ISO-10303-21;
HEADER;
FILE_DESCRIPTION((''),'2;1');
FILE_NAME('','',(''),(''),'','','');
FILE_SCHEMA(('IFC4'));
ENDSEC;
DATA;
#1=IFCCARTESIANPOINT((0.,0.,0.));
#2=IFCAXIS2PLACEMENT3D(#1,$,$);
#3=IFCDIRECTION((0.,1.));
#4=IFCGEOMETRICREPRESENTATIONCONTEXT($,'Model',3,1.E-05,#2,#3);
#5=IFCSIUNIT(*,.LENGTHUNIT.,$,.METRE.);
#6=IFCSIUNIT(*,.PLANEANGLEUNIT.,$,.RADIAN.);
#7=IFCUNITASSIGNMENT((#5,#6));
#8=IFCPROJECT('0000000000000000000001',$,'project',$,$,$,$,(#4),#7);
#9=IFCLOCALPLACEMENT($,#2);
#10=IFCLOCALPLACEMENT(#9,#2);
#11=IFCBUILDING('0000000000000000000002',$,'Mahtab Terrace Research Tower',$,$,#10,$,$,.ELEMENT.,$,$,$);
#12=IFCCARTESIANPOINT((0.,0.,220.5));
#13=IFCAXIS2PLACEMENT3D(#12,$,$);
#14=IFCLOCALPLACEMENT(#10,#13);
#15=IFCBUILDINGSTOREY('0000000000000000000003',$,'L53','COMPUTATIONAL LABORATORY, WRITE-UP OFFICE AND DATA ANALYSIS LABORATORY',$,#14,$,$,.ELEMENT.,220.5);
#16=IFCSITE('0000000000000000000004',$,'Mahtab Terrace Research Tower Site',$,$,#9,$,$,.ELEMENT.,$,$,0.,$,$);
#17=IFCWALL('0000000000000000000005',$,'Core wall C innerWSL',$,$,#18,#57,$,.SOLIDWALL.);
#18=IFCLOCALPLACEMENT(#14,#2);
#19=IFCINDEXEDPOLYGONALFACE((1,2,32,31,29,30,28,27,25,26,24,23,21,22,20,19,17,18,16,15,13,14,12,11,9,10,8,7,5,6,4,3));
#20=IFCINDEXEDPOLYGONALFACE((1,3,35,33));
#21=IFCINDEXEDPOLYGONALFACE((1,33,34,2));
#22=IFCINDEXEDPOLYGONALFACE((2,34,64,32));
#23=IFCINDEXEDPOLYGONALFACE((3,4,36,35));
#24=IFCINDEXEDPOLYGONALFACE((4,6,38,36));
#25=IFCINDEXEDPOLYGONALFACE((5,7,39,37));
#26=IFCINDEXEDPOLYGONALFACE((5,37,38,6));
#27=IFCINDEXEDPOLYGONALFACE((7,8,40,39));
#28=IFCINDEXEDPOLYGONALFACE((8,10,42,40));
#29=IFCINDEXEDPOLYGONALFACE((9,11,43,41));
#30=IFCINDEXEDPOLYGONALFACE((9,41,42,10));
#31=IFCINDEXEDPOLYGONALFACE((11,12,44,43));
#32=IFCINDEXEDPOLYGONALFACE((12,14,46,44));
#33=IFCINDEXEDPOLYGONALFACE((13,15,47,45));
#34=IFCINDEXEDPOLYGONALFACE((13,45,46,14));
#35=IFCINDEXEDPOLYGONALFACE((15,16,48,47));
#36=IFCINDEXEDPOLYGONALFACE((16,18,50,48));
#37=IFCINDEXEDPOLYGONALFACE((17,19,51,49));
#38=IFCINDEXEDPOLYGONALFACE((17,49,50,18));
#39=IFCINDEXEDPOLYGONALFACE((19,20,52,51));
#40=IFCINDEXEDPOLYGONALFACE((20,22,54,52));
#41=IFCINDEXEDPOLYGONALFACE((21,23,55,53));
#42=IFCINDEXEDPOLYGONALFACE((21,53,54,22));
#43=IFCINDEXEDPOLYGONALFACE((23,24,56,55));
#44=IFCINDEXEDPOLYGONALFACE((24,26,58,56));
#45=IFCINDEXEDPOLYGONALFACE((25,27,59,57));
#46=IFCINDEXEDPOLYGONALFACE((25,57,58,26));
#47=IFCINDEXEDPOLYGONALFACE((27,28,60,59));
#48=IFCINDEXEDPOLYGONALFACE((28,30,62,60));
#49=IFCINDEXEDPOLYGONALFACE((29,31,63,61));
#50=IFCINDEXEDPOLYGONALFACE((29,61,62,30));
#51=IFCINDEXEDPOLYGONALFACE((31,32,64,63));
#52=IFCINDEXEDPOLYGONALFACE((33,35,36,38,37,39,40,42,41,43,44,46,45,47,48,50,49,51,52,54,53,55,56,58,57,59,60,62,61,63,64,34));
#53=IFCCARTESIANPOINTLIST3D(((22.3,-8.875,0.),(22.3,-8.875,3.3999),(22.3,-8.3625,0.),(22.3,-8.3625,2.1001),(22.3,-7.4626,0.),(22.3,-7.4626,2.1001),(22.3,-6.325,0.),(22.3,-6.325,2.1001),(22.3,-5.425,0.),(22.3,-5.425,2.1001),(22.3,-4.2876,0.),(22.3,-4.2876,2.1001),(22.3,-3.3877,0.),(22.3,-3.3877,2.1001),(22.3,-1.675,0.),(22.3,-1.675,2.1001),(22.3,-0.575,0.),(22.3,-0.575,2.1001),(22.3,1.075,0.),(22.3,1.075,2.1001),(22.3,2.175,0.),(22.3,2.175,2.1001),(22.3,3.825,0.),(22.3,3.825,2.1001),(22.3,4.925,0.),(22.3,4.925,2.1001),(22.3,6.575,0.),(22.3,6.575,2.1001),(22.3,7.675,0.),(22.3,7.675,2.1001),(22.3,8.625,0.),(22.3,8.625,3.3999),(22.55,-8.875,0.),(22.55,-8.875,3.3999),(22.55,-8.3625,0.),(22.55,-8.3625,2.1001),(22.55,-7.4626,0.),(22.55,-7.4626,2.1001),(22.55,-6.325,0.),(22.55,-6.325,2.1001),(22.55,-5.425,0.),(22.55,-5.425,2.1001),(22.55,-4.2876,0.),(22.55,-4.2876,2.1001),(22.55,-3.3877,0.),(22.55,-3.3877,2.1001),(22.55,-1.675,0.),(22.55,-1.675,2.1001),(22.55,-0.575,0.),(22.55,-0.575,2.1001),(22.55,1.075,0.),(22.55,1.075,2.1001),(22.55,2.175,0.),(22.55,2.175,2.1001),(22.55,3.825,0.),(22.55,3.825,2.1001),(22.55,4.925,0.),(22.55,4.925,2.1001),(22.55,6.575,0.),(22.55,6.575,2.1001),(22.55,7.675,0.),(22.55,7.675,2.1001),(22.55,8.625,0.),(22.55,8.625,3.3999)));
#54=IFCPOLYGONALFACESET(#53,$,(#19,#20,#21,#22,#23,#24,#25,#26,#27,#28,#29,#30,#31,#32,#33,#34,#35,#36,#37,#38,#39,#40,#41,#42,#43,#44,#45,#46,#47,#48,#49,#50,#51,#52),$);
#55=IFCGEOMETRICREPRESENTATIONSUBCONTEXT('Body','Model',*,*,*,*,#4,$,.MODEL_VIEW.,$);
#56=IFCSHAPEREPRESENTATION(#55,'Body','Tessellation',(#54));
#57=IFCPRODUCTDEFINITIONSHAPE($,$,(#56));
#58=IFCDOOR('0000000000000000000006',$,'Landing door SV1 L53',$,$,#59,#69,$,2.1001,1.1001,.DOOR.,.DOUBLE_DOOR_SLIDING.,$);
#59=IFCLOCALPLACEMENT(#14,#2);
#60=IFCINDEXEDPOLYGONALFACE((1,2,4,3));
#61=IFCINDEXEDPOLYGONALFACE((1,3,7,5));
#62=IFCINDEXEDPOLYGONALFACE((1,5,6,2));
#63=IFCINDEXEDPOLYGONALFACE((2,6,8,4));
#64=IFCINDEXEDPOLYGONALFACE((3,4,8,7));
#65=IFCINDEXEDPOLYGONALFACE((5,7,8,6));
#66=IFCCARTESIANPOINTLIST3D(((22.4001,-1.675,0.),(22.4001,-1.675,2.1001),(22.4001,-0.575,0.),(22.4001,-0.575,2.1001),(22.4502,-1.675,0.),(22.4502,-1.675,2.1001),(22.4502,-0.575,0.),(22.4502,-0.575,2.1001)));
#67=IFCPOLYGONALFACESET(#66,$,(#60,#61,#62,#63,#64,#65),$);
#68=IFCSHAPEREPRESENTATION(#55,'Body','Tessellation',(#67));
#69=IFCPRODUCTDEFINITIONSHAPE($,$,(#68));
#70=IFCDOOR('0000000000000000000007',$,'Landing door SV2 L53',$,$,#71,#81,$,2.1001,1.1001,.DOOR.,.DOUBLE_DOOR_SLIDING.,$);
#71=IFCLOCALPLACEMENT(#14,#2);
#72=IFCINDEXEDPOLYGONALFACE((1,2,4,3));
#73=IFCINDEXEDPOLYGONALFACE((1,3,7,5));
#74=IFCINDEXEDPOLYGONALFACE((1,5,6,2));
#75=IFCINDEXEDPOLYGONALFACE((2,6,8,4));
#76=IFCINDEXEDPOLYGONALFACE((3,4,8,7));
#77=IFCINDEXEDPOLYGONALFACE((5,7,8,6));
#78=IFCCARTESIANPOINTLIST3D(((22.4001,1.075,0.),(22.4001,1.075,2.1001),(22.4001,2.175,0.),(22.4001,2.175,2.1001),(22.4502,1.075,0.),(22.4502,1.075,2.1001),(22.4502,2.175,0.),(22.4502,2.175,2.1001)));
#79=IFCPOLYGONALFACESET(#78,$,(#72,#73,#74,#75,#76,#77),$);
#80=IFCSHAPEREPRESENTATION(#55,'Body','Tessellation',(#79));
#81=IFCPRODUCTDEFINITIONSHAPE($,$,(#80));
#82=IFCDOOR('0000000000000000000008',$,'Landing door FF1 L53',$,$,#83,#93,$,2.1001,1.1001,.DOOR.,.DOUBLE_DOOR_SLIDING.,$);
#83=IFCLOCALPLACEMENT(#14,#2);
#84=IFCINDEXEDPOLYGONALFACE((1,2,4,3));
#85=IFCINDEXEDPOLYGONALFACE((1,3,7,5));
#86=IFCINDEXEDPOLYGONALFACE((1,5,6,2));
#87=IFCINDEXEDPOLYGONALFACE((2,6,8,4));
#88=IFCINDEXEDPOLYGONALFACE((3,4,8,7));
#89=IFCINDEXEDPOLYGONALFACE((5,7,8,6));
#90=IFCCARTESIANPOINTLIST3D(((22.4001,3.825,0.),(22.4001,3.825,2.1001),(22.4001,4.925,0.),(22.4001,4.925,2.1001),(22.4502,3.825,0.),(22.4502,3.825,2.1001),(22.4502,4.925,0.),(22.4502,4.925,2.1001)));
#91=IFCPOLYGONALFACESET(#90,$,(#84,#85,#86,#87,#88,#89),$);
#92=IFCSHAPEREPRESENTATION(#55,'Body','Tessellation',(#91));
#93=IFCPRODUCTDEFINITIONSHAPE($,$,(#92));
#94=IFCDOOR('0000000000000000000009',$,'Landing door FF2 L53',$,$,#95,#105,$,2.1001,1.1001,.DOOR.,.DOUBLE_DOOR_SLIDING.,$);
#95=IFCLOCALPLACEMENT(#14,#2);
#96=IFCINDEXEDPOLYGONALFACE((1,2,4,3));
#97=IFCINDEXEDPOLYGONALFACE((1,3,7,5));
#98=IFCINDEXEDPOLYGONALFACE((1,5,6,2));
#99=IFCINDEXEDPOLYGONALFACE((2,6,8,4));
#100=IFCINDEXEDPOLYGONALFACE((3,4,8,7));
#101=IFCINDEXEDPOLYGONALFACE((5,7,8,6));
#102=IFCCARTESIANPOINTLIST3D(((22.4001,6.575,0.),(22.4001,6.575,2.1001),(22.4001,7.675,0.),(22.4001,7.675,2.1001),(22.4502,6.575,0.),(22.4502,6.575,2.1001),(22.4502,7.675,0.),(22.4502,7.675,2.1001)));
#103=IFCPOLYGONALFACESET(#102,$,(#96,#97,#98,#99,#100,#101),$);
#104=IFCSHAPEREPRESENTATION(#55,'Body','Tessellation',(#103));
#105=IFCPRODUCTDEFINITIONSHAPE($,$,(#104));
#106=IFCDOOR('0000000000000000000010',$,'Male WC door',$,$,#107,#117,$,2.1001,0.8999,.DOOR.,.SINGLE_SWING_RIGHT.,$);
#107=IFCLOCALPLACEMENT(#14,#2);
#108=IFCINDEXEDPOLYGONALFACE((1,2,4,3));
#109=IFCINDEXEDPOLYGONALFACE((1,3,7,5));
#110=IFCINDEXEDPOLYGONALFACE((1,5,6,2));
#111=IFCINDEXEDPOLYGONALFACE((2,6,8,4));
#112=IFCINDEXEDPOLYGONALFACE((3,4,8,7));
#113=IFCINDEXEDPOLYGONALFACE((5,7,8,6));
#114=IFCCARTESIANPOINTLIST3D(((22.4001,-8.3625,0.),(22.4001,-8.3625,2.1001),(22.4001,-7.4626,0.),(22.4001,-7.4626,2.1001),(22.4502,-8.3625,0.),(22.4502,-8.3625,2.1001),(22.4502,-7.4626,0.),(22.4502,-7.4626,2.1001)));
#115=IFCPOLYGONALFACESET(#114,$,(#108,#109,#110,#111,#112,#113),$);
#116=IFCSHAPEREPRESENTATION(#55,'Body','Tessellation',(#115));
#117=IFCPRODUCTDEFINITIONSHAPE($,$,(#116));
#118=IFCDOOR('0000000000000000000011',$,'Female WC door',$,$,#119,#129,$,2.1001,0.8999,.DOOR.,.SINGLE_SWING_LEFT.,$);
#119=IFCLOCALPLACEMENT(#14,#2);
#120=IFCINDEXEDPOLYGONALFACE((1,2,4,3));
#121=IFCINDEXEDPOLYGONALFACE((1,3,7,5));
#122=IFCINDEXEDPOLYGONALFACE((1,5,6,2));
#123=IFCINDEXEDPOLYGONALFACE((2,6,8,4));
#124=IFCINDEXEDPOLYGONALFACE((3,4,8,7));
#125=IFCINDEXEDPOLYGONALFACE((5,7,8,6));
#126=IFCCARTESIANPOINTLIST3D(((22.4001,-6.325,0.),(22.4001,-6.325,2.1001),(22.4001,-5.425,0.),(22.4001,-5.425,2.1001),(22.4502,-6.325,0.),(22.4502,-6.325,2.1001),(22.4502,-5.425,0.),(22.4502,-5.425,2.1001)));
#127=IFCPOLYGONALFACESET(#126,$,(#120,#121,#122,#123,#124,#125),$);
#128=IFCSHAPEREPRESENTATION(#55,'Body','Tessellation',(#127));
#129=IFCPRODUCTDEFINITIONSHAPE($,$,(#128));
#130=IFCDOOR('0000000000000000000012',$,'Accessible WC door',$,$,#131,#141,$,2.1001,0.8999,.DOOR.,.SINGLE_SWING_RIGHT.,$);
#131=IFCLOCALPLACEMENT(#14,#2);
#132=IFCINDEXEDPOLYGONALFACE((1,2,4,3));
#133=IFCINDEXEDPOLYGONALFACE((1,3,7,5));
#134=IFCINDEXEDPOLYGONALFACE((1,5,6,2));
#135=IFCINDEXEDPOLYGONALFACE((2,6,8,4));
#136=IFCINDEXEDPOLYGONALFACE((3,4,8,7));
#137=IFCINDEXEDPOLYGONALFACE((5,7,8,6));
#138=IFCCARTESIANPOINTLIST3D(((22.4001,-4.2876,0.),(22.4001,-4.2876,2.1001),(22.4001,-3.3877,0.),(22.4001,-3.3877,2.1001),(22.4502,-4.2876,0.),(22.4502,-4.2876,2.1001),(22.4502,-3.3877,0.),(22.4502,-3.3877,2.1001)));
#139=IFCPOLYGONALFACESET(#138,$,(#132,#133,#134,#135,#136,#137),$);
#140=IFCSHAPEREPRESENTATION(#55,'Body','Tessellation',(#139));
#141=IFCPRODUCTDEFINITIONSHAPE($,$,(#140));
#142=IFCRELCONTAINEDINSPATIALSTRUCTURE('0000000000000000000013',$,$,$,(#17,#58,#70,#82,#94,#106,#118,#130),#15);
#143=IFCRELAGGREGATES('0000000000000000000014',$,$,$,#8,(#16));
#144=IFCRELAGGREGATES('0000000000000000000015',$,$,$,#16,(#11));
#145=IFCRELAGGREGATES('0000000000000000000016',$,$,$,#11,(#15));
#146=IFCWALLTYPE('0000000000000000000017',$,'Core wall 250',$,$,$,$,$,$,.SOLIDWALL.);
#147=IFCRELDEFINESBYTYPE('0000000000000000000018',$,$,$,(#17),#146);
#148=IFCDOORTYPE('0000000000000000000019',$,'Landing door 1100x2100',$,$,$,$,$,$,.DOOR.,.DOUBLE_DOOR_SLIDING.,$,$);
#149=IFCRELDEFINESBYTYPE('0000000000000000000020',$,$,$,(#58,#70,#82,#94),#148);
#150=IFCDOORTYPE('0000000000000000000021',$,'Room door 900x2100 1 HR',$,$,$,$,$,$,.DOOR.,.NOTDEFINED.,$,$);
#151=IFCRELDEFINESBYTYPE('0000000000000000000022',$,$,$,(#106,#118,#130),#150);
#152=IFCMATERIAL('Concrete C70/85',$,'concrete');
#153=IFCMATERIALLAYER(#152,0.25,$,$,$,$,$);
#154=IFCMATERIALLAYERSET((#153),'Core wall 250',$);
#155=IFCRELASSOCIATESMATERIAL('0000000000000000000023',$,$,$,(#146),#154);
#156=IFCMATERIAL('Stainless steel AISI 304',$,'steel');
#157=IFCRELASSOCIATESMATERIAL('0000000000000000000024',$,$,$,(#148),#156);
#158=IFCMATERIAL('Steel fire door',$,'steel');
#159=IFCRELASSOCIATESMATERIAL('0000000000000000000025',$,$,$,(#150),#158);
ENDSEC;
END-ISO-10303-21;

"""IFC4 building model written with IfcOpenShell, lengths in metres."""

from ifc_helpers import new_model, si_unit, direction, frame, frame_2d, origin, place, context, subcontext, project, spatial, rectangle, extrude, material, layer, layer_set, type_object, element, fill, save


model = new_model("IFC4")

# Units and contexts
model_context = context("Model", 3, precision=1e-05, world=origin(), true_north=direction((0.0, 1.0)))
body_context = subcontext(model_context, "Body", "Model", "MODEL_VIEW")
ifc_project = project(units=[si_unit("LENGTHUNIT", "METRE"), si_unit("PLANEANGLEUNIT", "RADIAN")], contexts=[model_context])

# Site, building, storey
site_placement = place(None, origin())
site = spatial("IfcSite", under=ifc_project, at=site_placement, Name="Mahtab Terrace Research Tower Site", CompositionType="ELEMENT", RefElevation=0.0)
building_placement = place(site_placement, origin())
building = spatial("IfcBuilding", under=site, at=building_placement, Name="Mahtab Terrace Research Tower", CompositionType="ELEMENT")
storey_placement = place(building_placement, frame((0.0, 0.0, 220.5)))
storey = spatial("IfcBuildingStorey", under=building, at=storey_placement, Name="L53", Description="COMPUTATIONAL LABORATORY, WRITE-UP OFFICE AND DATA ANALYSIS LABORATORY", CompositionType="ELEMENT", Elevation=220.5)

# Shared definitions
ifc_material_1 = material(Name="Concrete C70/85", Category="concrete")

# Wall, openings, doors
ifc_layer_1 = layer(ifc_material_1, 0.25)
ifc_layer_set_1 = layer_set([ifc_layer_1], Name="Core wall 250")
wall_type_1 = type_object("IfcWallType", Name="Core wall 250", PredefinedType="SOLIDWALL", material=ifc_layer_set_1)
wall_1_placement = place(storey_placement, frame((22.425, -8.875, 0.0), z_axis=(0.0, 0.0, 1.0), x_axis=(0.0, 1.0, 0.0)))
wall_1 = element("IfcWall", 1, at=wall_1_placement, inside=storey, type_object=wall_type_1, Name="Core wall C innerWSL", PredefinedType="SOLIDWALL", context=body_context, shape_type="SweptSolid", body=[
    extrude(rectangle(XDim=17.5, YDim=0.25, at=frame_2d((8.75, 0.0))), origin(), (0.0, 0.0, 1.0), 3.3999),
])
opening_1_placement = place(wall_1_placement, frame((7.2, 0.0, 0.0)))
opening_1 = element("IfcOpeningElement", 2, at=opening_1_placement, cuts=wall_1, PredefinedType="OPENING", context=body_context, shape_type="SweptSolid", body=[
    extrude(rectangle(XDim=1.1001, YDim=2.1001, at=frame_2d((0.55, 1.05))), frame((0.0, 0.135, 0.0), z_axis=(0.0, -1.0, 0.0), x_axis=(1.0, 0.0, 0.0)), (0.0, 0.0, 1.0), 0.27),
])
opening_2_placement = place(wall_1_placement, frame((9.95, 0.0, 0.0)))
opening_2 = element("IfcOpeningElement", 3, at=opening_2_placement, cuts=wall_1, PredefinedType="OPENING", context=body_context, shape_type="SweptSolid", body=[
    extrude(rectangle(XDim=1.1001, YDim=2.1001, at=frame_2d((0.55, 1.05))), frame((0.0, 0.135, 0.0), z_axis=(0.0, -1.0, 0.0), x_axis=(1.0, 0.0, 0.0)), (0.0, 0.0, 1.0), 0.27),
])
opening_3_placement = place(wall_1_placement, frame((12.7, 0.0, 0.0)))
opening_3 = element("IfcOpeningElement", 4, at=opening_3_placement, cuts=wall_1, PredefinedType="OPENING", context=body_context, shape_type="SweptSolid", body=[
    extrude(rectangle(XDim=1.1001, YDim=2.1001, at=frame_2d((0.55, 1.05))), frame((0.0, 0.135, 0.0), z_axis=(0.0, -1.0, 0.0), x_axis=(1.0, 0.0, 0.0)), (0.0, 0.0, 1.0), 0.27),
])
opening_4_placement = place(wall_1_placement, frame((15.45, 0.0, 0.0)))
opening_4 = element("IfcOpeningElement", 5, at=opening_4_placement, cuts=wall_1, PredefinedType="OPENING", context=body_context, shape_type="SweptSolid", body=[
    extrude(rectangle(XDim=1.1001, YDim=2.1001, at=frame_2d((0.55, 1.05))), frame((0.0, 0.135, 0.0), z_axis=(0.0, -1.0, 0.0), x_axis=(1.0, 0.0, 0.0)), (0.0, 0.0, 1.0), 0.27),
])
opening_5_placement = place(wall_1_placement, frame((0.5125, 0.0, 0.0)))
opening_5 = element("IfcOpeningElement", 6, at=opening_5_placement, cuts=wall_1, PredefinedType="OPENING", context=body_context, shape_type="SweptSolid", body=[
    extrude(rectangle(XDim=0.8999, YDim=2.1001, at=frame_2d((0.45, 1.05))), frame((0.0, 0.135, 0.0), z_axis=(0.0, -1.0, 0.0), x_axis=(1.0, 0.0, 0.0)), (0.0, 0.0, 1.0), 0.27),
])
opening_6_placement = place(wall_1_placement, frame((2.55, 0.0, 0.0)))
opening_6 = element("IfcOpeningElement", 7, at=opening_6_placement, cuts=wall_1, PredefinedType="OPENING", context=body_context, shape_type="SweptSolid", body=[
    extrude(rectangle(XDim=0.8999, YDim=2.1001, at=frame_2d((0.45, 1.05))), frame((0.0, 0.135, 0.0), z_axis=(0.0, -1.0, 0.0), x_axis=(1.0, 0.0, 0.0)), (0.0, 0.0, 1.0), 0.27),
])
opening_7_placement = place(wall_1_placement, frame((4.5874, 0.0, 0.0)))
opening_7 = element("IfcOpeningElement", 8, at=opening_7_placement, cuts=wall_1, PredefinedType="OPENING", context=body_context, shape_type="SweptSolid", body=[
    extrude(rectangle(XDim=0.8999, YDim=2.1001, at=frame_2d((0.45, 1.05))), frame((0.0, 0.135, 0.0), z_axis=(0.0, -1.0, 0.0), x_axis=(1.0, 0.0, 0.0)), (0.0, 0.0, 1.0), 0.27),
])
ifc_material_2 = material(Name="Stainless steel AISI 304", Category="steel")
door_type_1 = type_object("IfcDoorType", Name="Landing door 1100x2100", OperationType="DOUBLE_DOOR_SLIDING", PredefinedType="DOOR", material=ifc_material_2)
door_1_placement = place(opening_1_placement, origin())
door_1 = element("IfcDoor", 9, at=door_1_placement, inside=storey, type_object=door_type_1, Name="Landing door SV1 L53", OperationType="DOUBLE_DOOR_SLIDING", OverallHeight=2.1001, OverallWidth=1.1001, PredefinedType="DOOR", context=body_context, shape_type="SweptSolid", body=[
    extrude(rectangle(XDim=1.1001, YDim=2.1001, at=frame_2d((0.55, 1.05))), frame((0.0, 0.0249, 0.0), z_axis=(0.0, -1.0, 0.0), x_axis=(1.0, 0.0, 0.0)), (0.0, 0.0, 1.0), 0.05),
])
fill(opening_1, door_1)
door_2_placement = place(opening_2_placement, origin())
door_2 = element("IfcDoor", 10, at=door_2_placement, inside=storey, type_object=door_type_1, Name="Landing door SV2 L53", OperationType="DOUBLE_DOOR_SLIDING", OverallHeight=2.1001, OverallWidth=1.1001, PredefinedType="DOOR", context=body_context, shape_type="SweptSolid", body=[
    extrude(rectangle(XDim=1.1001, YDim=2.1001, at=frame_2d((0.55, 1.05))), frame((0.0, 0.0249, 0.0), z_axis=(0.0, -1.0, 0.0), x_axis=(1.0, 0.0, 0.0)), (0.0, 0.0, 1.0), 0.05),
])
fill(opening_2, door_2)
door_3_placement = place(opening_3_placement, origin())
door_3 = element("IfcDoor", 11, at=door_3_placement, inside=storey, type_object=door_type_1, Name="Landing door FF1 L53", OperationType="DOUBLE_DOOR_SLIDING", OverallHeight=2.1001, OverallWidth=1.1001, PredefinedType="DOOR", context=body_context, shape_type="SweptSolid", body=[
    extrude(rectangle(XDim=1.1001, YDim=2.1001, at=frame_2d((0.55, 1.05))), frame((0.0, 0.0249, 0.0), z_axis=(0.0, -1.0, 0.0), x_axis=(1.0, 0.0, 0.0)), (0.0, 0.0, 1.0), 0.05),
])
fill(opening_3, door_3)
door_4_placement = place(opening_4_placement, origin())
door_4 = element("IfcDoor", 12, at=door_4_placement, inside=storey, type_object=door_type_1, Name="Landing door FF2 L53", OperationType="DOUBLE_DOOR_SLIDING", OverallHeight=2.1001, OverallWidth=1.1001, PredefinedType="DOOR", context=body_context, shape_type="SweptSolid", body=[
    extrude(rectangle(XDim=1.1001, YDim=2.1001, at=frame_2d((0.55, 1.05))), frame((0.0, 0.0249, 0.0), z_axis=(0.0, -1.0, 0.0), x_axis=(1.0, 0.0, 0.0)), (0.0, 0.0, 1.0), 0.05),
])
fill(opening_4, door_4)
ifc_material_3 = material(Name="Steel fire door", Category="steel")
door_type_2 = type_object("IfcDoorType", Name="Room door 900x2100 1 HR", OperationType="NOTDEFINED", PredefinedType="DOOR", material=ifc_material_3)
door_5_placement = place(opening_5_placement, origin())
door_5 = element("IfcDoor", 13, at=door_5_placement, inside=storey, type_object=door_type_2, Name="Male WC door", OperationType="SINGLE_SWING_RIGHT", OverallHeight=2.1001, OverallWidth=0.8999, PredefinedType="DOOR", context=body_context, shape_type="SweptSolid", body=[
    extrude(rectangle(XDim=0.8999, YDim=2.1001, at=frame_2d((0.45, 1.05))), frame((0.0, 0.0249, 0.0), z_axis=(0.0, -1.0, 0.0), x_axis=(1.0, 0.0, 0.0)), (0.0, 0.0, 1.0), 0.05),
])
fill(opening_5, door_5)
door_6_placement = place(opening_6_placement, origin())
door_6 = element("IfcDoor", 14, at=door_6_placement, inside=storey, type_object=door_type_2, Name="Female WC door", OperationType="SINGLE_SWING_LEFT", OverallHeight=2.1001, OverallWidth=0.8999, PredefinedType="DOOR", context=body_context, shape_type="SweptSolid", body=[
    extrude(rectangle(XDim=0.8999, YDim=2.1001, at=frame_2d((0.45, 1.05))), frame((0.0, 0.0249, 0.0), z_axis=(0.0, -1.0, 0.0), x_axis=(1.0, 0.0, 0.0)), (0.0, 0.0, 1.0), 0.05),
])
fill(opening_6, door_6)
door_7_placement = place(opening_7_placement, origin())
door_7 = element("IfcDoor", 15, at=door_7_placement, inside=storey, type_object=door_type_2, Name="Accessible WC door", OperationType="SINGLE_SWING_RIGHT", OverallHeight=2.1001, OverallWidth=0.8999, PredefinedType="DOOR", context=body_context, shape_type="SweptSolid", body=[
    extrude(rectangle(XDim=0.8999, YDim=2.1001, at=frame_2d((0.45, 1.05))), frame((0.0, 0.0249, 0.0), z_axis=(0.0, -1.0, 0.0), x_axis=(1.0, 0.0, 0.0)), (0.0, 0.0, 1.0), 0.05),
])
fill(opening_7, door_7)

save(model, "model.ifc")
